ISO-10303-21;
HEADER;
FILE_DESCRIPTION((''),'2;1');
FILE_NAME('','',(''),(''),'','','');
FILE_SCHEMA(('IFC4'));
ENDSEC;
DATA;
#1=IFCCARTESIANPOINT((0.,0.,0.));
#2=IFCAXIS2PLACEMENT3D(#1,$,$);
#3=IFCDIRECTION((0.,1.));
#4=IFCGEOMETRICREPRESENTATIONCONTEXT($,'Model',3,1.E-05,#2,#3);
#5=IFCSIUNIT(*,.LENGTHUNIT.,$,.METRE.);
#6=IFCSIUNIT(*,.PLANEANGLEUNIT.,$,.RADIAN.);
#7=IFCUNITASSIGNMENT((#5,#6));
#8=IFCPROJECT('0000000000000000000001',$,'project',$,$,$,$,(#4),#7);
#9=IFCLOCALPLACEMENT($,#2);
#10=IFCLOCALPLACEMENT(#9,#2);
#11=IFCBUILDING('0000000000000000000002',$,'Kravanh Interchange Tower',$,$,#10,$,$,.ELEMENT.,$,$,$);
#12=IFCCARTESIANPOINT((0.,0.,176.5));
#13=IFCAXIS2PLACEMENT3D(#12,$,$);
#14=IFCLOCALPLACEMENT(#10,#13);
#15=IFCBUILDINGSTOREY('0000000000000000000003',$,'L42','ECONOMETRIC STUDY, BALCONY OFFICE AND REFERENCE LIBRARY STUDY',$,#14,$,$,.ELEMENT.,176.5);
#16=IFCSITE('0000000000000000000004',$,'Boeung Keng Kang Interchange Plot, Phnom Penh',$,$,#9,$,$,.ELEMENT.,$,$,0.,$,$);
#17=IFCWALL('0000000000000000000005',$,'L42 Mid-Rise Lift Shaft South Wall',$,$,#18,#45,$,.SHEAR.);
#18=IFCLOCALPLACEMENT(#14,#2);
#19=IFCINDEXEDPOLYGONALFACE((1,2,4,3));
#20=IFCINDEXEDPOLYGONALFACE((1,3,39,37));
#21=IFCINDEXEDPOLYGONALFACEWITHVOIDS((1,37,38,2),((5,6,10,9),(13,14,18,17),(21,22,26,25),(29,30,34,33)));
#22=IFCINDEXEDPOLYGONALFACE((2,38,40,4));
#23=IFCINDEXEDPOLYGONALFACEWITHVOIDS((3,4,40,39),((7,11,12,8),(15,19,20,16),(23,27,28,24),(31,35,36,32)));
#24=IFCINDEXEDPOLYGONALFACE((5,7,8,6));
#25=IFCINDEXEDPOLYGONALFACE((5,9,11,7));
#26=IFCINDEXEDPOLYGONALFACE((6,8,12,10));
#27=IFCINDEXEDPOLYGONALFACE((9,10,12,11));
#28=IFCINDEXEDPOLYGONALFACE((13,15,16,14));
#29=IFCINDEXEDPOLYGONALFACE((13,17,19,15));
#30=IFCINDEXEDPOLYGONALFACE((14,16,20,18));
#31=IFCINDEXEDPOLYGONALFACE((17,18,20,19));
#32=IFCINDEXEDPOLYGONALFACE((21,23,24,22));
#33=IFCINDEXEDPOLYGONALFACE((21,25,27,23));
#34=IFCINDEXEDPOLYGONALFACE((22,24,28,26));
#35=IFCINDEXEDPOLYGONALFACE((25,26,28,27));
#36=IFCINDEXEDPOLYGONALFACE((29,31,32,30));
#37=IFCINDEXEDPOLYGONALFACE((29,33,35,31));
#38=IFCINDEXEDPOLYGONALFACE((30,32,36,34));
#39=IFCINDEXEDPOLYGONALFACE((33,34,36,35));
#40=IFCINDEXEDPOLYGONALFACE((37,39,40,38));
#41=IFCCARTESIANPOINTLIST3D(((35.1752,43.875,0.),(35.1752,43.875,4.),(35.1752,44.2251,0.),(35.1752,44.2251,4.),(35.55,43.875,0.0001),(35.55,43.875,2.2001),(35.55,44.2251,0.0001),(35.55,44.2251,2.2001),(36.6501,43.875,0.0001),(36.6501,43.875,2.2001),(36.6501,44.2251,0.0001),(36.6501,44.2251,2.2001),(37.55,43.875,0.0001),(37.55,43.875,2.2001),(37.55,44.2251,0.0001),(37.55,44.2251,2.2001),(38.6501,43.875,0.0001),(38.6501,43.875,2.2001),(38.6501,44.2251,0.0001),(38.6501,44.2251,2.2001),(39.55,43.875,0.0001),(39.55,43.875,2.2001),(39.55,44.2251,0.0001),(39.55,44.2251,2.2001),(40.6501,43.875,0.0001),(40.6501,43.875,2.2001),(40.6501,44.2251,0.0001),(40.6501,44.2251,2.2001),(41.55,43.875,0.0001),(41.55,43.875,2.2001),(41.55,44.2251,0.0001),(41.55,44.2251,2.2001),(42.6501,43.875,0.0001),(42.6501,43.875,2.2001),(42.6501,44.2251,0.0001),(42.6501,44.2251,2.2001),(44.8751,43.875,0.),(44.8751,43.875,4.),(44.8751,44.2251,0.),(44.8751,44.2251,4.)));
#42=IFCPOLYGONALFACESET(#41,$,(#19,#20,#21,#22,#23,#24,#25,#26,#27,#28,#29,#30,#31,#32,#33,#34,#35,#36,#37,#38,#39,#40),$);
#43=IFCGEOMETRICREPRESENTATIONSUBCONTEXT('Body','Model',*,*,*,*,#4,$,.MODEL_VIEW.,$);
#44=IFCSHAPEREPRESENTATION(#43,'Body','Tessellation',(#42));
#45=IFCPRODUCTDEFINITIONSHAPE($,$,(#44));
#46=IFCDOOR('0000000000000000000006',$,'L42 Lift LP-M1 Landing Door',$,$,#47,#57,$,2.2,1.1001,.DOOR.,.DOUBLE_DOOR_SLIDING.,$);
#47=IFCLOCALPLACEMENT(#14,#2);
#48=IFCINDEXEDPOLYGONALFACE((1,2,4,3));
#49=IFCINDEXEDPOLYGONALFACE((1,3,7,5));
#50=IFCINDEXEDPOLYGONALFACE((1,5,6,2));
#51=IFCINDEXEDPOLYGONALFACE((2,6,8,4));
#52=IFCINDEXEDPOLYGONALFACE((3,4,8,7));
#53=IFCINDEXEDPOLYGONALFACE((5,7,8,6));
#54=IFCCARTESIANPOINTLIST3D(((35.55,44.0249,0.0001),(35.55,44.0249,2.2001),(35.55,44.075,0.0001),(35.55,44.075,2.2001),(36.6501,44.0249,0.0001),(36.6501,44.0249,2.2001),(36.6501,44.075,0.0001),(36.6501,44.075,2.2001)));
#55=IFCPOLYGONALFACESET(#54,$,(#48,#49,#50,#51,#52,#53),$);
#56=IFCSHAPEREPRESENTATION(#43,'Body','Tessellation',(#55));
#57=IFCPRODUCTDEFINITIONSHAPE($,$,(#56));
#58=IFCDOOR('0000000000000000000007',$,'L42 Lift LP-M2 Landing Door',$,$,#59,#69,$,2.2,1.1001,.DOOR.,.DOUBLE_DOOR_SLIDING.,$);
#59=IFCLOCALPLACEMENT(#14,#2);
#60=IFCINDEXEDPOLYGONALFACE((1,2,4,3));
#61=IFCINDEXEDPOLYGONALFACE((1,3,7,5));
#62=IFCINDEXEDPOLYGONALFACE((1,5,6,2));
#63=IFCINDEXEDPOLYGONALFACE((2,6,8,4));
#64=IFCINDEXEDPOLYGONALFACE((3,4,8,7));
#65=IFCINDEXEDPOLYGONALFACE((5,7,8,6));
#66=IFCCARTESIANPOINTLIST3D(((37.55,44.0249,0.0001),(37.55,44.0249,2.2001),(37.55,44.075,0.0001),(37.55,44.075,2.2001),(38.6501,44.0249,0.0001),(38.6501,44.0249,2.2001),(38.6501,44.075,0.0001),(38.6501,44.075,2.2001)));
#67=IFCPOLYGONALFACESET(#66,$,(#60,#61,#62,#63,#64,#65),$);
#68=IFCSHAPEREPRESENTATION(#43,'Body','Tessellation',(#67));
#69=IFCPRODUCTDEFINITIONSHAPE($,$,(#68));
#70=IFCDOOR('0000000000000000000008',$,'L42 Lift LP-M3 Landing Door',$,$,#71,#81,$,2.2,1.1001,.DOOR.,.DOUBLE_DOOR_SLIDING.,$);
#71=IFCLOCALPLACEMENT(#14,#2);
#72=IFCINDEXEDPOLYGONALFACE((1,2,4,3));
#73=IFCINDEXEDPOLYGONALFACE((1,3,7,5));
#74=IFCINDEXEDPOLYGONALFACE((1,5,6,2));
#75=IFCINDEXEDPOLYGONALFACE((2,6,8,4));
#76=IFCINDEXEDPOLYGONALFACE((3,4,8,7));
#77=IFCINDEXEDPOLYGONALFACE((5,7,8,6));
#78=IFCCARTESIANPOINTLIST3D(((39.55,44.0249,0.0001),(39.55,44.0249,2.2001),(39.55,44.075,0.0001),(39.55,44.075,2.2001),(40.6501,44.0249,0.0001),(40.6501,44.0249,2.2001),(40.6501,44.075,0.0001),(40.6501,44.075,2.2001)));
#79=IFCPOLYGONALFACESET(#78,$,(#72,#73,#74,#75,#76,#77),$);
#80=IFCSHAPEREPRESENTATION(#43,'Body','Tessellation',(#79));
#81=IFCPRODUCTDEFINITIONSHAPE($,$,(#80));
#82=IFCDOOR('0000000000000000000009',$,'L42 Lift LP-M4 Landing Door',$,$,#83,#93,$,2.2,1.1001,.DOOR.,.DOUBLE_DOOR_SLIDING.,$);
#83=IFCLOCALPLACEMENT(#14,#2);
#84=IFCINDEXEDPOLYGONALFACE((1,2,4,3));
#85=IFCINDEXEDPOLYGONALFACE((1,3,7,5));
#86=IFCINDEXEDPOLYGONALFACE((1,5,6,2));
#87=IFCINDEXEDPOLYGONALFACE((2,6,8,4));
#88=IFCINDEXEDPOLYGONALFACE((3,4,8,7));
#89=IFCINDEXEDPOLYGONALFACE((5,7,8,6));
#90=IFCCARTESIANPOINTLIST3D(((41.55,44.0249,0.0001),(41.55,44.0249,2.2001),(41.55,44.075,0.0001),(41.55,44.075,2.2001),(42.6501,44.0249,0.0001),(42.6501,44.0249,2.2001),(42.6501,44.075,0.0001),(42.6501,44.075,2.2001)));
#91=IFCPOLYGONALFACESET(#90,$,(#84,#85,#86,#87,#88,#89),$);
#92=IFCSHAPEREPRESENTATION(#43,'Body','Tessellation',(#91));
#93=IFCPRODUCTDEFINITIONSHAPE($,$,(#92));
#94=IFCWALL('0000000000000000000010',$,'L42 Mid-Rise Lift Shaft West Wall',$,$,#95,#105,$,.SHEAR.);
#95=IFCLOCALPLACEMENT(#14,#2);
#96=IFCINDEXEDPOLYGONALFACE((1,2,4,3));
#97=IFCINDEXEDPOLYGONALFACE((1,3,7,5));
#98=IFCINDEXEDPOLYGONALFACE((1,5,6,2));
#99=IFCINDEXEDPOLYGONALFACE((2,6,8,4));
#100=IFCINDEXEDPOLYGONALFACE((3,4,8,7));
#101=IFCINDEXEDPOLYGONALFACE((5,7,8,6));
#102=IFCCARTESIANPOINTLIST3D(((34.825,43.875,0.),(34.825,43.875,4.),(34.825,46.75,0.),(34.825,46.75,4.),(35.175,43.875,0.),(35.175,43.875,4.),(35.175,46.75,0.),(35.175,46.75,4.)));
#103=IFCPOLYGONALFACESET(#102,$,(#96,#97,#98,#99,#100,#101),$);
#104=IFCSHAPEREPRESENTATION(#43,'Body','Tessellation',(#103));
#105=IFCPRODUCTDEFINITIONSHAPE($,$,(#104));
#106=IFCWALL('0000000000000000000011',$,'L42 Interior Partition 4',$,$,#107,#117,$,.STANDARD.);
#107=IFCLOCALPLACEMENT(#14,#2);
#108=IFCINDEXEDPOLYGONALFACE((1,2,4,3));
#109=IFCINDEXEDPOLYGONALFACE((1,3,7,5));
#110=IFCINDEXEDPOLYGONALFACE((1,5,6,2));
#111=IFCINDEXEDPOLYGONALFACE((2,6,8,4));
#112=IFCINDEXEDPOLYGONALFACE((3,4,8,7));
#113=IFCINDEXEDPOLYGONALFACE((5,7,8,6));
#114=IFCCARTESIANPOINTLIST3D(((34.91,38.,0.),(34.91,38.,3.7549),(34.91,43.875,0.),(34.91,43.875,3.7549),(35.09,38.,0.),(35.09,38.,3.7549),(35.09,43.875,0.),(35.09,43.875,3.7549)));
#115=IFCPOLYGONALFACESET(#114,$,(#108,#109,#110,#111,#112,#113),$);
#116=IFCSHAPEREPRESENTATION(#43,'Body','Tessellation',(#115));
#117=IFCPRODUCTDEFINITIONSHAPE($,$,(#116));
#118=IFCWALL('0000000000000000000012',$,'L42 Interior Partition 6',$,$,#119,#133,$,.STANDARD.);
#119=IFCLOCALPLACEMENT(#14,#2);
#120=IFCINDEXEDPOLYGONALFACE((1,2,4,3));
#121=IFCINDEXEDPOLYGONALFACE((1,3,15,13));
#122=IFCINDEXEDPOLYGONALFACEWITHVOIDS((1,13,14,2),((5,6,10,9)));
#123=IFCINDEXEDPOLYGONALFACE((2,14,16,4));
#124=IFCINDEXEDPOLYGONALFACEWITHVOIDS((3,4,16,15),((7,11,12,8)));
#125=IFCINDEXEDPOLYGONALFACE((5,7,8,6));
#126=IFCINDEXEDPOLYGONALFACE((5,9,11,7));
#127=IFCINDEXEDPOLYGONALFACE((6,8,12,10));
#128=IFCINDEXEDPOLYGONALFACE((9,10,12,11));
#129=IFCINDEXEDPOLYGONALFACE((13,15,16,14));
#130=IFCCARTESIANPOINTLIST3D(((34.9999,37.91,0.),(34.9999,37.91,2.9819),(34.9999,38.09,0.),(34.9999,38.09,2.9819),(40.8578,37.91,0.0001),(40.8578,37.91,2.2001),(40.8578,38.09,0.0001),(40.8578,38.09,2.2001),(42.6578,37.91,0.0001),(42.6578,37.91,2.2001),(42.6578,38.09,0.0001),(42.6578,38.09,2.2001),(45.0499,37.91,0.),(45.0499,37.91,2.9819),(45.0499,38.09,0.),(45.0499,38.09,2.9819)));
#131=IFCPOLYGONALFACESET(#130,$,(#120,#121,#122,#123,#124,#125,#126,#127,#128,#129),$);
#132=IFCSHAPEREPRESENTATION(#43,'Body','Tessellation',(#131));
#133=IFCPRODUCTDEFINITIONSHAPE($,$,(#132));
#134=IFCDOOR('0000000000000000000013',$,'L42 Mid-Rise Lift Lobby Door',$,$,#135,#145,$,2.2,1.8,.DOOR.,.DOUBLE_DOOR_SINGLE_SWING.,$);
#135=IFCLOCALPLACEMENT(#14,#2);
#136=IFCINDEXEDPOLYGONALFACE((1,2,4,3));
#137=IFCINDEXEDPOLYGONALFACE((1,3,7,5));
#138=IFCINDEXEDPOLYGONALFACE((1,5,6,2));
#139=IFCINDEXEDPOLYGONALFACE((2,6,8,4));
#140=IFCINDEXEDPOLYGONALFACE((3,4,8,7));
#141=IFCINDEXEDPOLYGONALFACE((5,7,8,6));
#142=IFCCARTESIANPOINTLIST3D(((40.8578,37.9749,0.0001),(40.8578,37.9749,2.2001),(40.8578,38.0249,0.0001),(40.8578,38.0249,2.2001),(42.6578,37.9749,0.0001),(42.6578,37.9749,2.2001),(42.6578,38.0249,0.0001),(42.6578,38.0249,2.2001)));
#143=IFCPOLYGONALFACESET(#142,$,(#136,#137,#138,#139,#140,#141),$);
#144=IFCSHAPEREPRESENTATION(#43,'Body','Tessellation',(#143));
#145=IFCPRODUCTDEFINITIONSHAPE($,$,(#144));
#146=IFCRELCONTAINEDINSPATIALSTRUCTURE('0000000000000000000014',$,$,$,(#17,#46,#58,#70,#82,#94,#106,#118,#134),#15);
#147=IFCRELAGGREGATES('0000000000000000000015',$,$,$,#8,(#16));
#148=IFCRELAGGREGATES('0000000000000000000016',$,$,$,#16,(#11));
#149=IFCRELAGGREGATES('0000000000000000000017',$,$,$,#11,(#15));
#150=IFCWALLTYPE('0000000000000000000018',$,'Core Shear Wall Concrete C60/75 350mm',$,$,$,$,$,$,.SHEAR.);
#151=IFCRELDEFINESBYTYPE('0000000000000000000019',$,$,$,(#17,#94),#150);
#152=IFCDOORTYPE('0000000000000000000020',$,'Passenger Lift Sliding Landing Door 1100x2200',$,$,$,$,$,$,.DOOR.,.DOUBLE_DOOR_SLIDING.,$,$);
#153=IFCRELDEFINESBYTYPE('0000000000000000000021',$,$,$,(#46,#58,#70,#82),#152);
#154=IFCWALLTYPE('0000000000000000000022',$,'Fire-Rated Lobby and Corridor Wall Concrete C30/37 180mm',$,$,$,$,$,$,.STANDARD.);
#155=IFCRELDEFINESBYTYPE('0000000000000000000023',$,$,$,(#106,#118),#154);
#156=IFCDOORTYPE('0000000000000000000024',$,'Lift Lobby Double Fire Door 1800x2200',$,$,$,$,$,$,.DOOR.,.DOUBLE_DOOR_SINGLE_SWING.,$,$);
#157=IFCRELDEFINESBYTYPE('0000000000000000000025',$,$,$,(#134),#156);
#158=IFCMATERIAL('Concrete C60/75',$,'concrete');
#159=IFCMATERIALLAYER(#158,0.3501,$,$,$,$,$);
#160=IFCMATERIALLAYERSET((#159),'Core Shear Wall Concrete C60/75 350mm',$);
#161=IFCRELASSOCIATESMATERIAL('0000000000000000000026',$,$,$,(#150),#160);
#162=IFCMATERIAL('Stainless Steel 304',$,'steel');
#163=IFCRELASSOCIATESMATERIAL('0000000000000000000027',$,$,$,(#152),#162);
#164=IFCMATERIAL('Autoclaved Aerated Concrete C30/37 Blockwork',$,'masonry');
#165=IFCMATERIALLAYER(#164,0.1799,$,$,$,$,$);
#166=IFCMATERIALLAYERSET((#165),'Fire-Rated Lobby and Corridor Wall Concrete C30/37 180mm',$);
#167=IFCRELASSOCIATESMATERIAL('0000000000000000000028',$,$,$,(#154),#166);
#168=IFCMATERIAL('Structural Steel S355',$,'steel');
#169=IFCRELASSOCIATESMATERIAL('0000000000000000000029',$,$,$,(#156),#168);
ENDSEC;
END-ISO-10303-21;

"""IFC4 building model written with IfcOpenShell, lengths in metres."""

from ifc_helpers import new_model, si_unit, direction, frame, frame_2d, origin, place, context, subcontext, project, spatial, rectangle, extrude, material, layer, layer_set, type_object, element, fill, save


model = new_model("IFC4")

# Units and contexts
model_context = context("Model", 3, precision=1e-05, world=origin(), true_north=direction((0.0, 1.0)))
body_context = subcontext(model_context, "Body", "Model", "MODEL_VIEW")
ifc_project = project(units=[si_unit("LENGTHUNIT", "METRE"), si_unit("PLANEANGLEUNIT", "RADIAN")], contexts=[model_context])

# Site, building, storey
site_placement = place(None, origin())
site = spatial("IfcSite", under=ifc_project, at=site_placement, Name="Boeung Keng Kang Interchange Plot, Phnom Penh", CompositionType="ELEMENT", RefElevation=0.0)
building_placement = place(site_placement, origin())
building = spatial("IfcBuilding", under=site, at=building_placement, Name="Kravanh Interchange Tower", CompositionType="ELEMENT")
storey_placement = place(building_placement, frame((0.0, 0.0, 176.5)))
storey = spatial("IfcBuildingStorey", under=building, at=storey_placement, Name="L42", Description="ECONOMETRIC STUDY, BALCONY OFFICE AND REFERENCE LIBRARY STUDY", CompositionType="ELEMENT", Elevation=176.5)

# Wall, openings, doors
ifc_material_1 = material(Name="Concrete C60/75", Category="concrete")
ifc_layer_1 = layer(ifc_material_1, 0.3501)
ifc_layer_set_1 = layer_set([ifc_layer_1], Name="Core Shear Wall Concrete C60/75 350mm")
wall_type_1 = type_object("IfcWallType", Name="Core Shear Wall Concrete C60/75 350mm", PredefinedType="SHEAR", material=ifc_layer_set_1)
wall_1_placement = place(storey_placement, frame((35.175, 44.05, 0.0), z_axis=(0.0, 0.0, 1.0), x_axis=(1.0, 0.0, 0.0)))
wall_1 = element("IfcWall", 1, at=wall_1_placement, inside=storey, type_object=wall_type_1, Name="L42 Mid-Rise Lift Shaft South Wall", PredefinedType="SHEAR", context=body_context, shape_type="SweptSolid", body=[
    extrude(rectangle(XDim=9.7, YDim=0.3501, at=frame_2d((4.8501, 0.0))), origin(), (0.0, 0.0, 1.0), 4.0),
])
opening_1_placement = place(wall_1_placement, frame((0.375, 0.0, 0.0)))
opening_1 = element("IfcOpeningElement", 2, at=opening_1_placement, cuts=wall_1, PredefinedType="OPENING", context=body_context, shape_type="SweptSolid", body=[
    extrude(rectangle(XDim=1.1001, YDim=2.2, at=frame_2d((0.55, 1.1001))), frame((0.0, 0.1851, 0.0), z_axis=(0.0, -1.0, 0.0), x_axis=(1.0, 0.0, 0.0)), (0.0, 0.0, 1.0), 0.3701),
])
opening_2_placement = place(wall_1_placement, frame((2.375, 0.0, 0.0)))
opening_2 = element("IfcOpeningElement", 3, at=opening_2_placement, cuts=wall_1, PredefinedType="OPENING", context=body_context, shape_type="SweptSolid", body=[
    extrude(rectangle(XDim=1.1001, YDim=2.2, at=frame_2d((0.55, 1.1001))), frame((0.0, 0.1851, 0.0), z_axis=(0.0, -1.0, 0.0), x_axis=(1.0, 0.0, 0.0)), (0.0, 0.0, 1.0), 0.3701),
])
opening_3_placement = place(wall_1_placement, frame((4.375, 0.0, 0.0)))
opening_3 = element("IfcOpeningElement", 4, at=opening_3_placement, cuts=wall_1, PredefinedType="OPENING", context=body_context, shape_type="SweptSolid", body=[
    extrude(rectangle(XDim=1.1001, YDim=2.2, at=frame_2d((0.55, 1.1001))), frame((0.0, 0.1851, 0.0), z_axis=(0.0, -1.0, 0.0), x_axis=(1.0, 0.0, 0.0)), (0.0, 0.0, 1.0), 0.3701),
])
opening_4_placement = place(wall_1_placement, frame((6.375, 0.0, 0.0)))
opening_4 = element("IfcOpeningElement", 5, at=opening_4_placement, cuts=wall_1, PredefinedType="OPENING", context=body_context, shape_type="SweptSolid", body=[
    extrude(rectangle(XDim=1.1001, YDim=2.2, at=frame_2d((0.55, 1.1001))), frame((0.0, 0.1851, 0.0), z_axis=(0.0, -1.0, 0.0), x_axis=(1.0, 0.0, 0.0)), (0.0, 0.0, 1.0), 0.3701),
])
ifc_material_2 = material(Name="Stainless Steel 304", Category="steel")
door_type_1 = type_object("IfcDoorType", Name="Passenger Lift Sliding Landing Door 1100x2200", OperationType="DOUBLE_DOOR_SLIDING", PredefinedType="DOOR", material=ifc_material_2)
door_1_placement = place(opening_1_placement, origin())
door_1 = element("IfcDoor", 6, at=door_1_placement, inside=storey, type_object=door_type_1, Name="L42 Lift LP-M1 Landing Door", OperationType="DOUBLE_DOOR_SLIDING", OverallHeight=2.2, OverallWidth=1.1001, PredefinedType="DOOR", context=body_context, shape_type="SweptSolid", body=[
    extrude(rectangle(XDim=1.1001, YDim=2.2, at=frame_2d((0.55, 1.1001))), frame((0.0, 0.0249, 0.0), z_axis=(0.0, -1.0, 0.0), x_axis=(1.0, 0.0, 0.0)), (0.0, 0.0, 1.0), 0.05),
])
fill(opening_1, door_1)
door_2_placement = place(opening_2_placement, origin())
door_2 = element("IfcDoor", 7, at=door_2_placement, inside=storey, type_object=door_type_1, Name="L42 Lift LP-M2 Landing Door", OperationType="DOUBLE_DOOR_SLIDING", OverallHeight=2.2, OverallWidth=1.1001, PredefinedType="DOOR", context=body_context, shape_type="SweptSolid", body=[
    extrude(rectangle(XDim=1.1001, YDim=2.2, at=frame_2d((0.55, 1.1001))), frame((0.0, 0.0249, 0.0), z_axis=(0.0, -1.0, 0.0), x_axis=(1.0, 0.0, 0.0)), (0.0, 0.0, 1.0), 0.05),
])
fill(opening_2, door_2)
door_3_placement = place(opening_3_placement, origin())
door_3 = element("IfcDoor", 8, at=door_3_placement, inside=storey, type_object=door_type_1, Name="L42 Lift LP-M3 Landing Door", OperationType="DOUBLE_DOOR_SLIDING", OverallHeight=2.2, OverallWidth=1.1001, PredefinedType="DOOR", context=body_context, shape_type="SweptSolid", body=[
    extrude(rectangle(XDim=1.1001, YDim=2.2, at=frame_2d((0.55, 1.1001))), frame((0.0, 0.0249, 0.0), z_axis=(0.0, -1.0, 0.0), x_axis=(1.0, 0.0, 0.0)), (0.0, 0.0, 1.0), 0.05),
])
fill(opening_3, door_3)
door_4_placement = place(opening_4_placement, origin())
door_4 = element("IfcDoor", 9, at=door_4_placement, inside=storey, type_object=door_type_1, Name="L42 Lift LP-M4 Landing Door", OperationType="DOUBLE_DOOR_SLIDING", OverallHeight=2.2, OverallWidth=1.1001, PredefinedType="DOOR", context=body_context, shape_type="SweptSolid", body=[
    extrude(rectangle(XDim=1.1001, YDim=2.2, at=frame_2d((0.55, 1.1001))), frame((0.0, 0.0249, 0.0), z_axis=(0.0, -1.0, 0.0), x_axis=(1.0, 0.0, 0.0)), (0.0, 0.0, 1.0), 0.05),
])
fill(opening_4, door_4)

# Walls
wall_2_placement = place(storey_placement, frame((35.0, 43.875, 0.0), z_axis=(0.0, 0.0, 1.0), x_axis=(0.0, 1.0, 0.0)))
element("IfcWall", 10, at=wall_2_placement, inside=storey, type_object=wall_type_1, Name="L42 Mid-Rise Lift Shaft West Wall", PredefinedType="SHEAR", context=body_context, shape_type="SweptSolid", body=[
    extrude(rectangle(XDim=2.875, YDim=0.3501, at=frame_2d((1.4375, 0.0))), origin(), (0.0, 0.0, 1.0), 4.0),
])
ifc_material_3 = material(Name="Autoclaved Aerated Concrete C30/37 Blockwork", Category="masonry")
ifc_layer_2 = layer(ifc_material_3, 0.1799)
ifc_layer_set_2 = layer_set([ifc_layer_2], Name="Fire-Rated Lobby and Corridor Wall Concrete C30/37 180mm")
wall_type_2 = type_object("IfcWallType", Name="Fire-Rated Lobby and Corridor Wall Concrete C30/37 180mm", PredefinedType="STANDARD", material=ifc_layer_set_2)
wall_3_placement = place(storey_placement, frame((35.0, 38.0, 0.0), z_axis=(0.0, 0.0, 1.0), x_axis=(0.0, 1.0, 0.0)))
element("IfcWall", 11, at=wall_3_placement, inside=storey, type_object=wall_type_2, Name="L42 Interior Partition 4", PredefinedType="STANDARD", context=body_context, shape_type="SweptSolid", body=[
    extrude(rectangle(XDim=5.875, YDim=0.1799, at=frame_2d((2.9375, 0.0))), origin(), (0.0, 0.0, 1.0), 3.7549),
])

# Wall, opening, door
wall_4_placement = place(storey_placement, frame((35.0, 38.0, 0.0), z_axis=(0.0, 0.0, 1.0), x_axis=(1.0, 0.0, 0.0)))
wall_4 = element("IfcWall", 12, at=wall_4_placement, inside=storey, type_object=wall_type_2, Name="L42 Interior Partition 6", PredefinedType="STANDARD", context=body_context, shape_type="SweptSolid", body=[
    extrude(rectangle(XDim=10.05, YDim=0.1799, at=frame_2d((5.0249, 0.0))), origin(), (0.0, 0.0, 1.0), 2.9819),
])
opening_5_placement = place(wall_4_placement, frame((5.8579, 0.0, 0.0)))
opening_5 = element("IfcOpeningElement", 13, at=opening_5_placement, cuts=wall_4, PredefinedType="OPENING", context=body_context, shape_type="SweptSolid", body=[
    extrude(rectangle(XDim=1.8, YDim=2.2, at=frame_2d((0.8999, 1.1001))), frame((0.0, 0.1001, 0.0), z_axis=(0.0, -1.0, 0.0), x_axis=(1.0, 0.0, 0.0)), (0.0, 0.0, 1.0), 0.2),
])
ifc_material_4 = material(Name="Structural Steel S355", Category="steel")
door_type_2 = type_object("IfcDoorType", Name="Lift Lobby Double Fire Door 1800x2200", OperationType="DOUBLE_DOOR_SINGLE_SWING", PredefinedType="DOOR", material=ifc_material_4)
door_5_placement = place(opening_5_placement, origin())
door_5 = element("IfcDoor", 14, at=door_5_placement, inside=storey, type_object=door_type_2, Name="L42 Mid-Rise Lift Lobby Door", OperationType="DOUBLE_DOOR_SINGLE_SWING", OverallHeight=2.2, OverallWidth=1.8, PredefinedType="DOOR", context=body_context, shape_type="SweptSolid", body=[
    extrude(rectangle(XDim=1.8, YDim=2.2, at=frame_2d((0.8999, 1.1001))), frame((0.0, 0.0249, 0.0), z_axis=(0.0, -1.0, 0.0), x_axis=(1.0, 0.0, 0.0)), (0.0, 0.0, 1.0), 0.05),
])
fill(opening_5, door_5)

save(model, "model.ifc")
